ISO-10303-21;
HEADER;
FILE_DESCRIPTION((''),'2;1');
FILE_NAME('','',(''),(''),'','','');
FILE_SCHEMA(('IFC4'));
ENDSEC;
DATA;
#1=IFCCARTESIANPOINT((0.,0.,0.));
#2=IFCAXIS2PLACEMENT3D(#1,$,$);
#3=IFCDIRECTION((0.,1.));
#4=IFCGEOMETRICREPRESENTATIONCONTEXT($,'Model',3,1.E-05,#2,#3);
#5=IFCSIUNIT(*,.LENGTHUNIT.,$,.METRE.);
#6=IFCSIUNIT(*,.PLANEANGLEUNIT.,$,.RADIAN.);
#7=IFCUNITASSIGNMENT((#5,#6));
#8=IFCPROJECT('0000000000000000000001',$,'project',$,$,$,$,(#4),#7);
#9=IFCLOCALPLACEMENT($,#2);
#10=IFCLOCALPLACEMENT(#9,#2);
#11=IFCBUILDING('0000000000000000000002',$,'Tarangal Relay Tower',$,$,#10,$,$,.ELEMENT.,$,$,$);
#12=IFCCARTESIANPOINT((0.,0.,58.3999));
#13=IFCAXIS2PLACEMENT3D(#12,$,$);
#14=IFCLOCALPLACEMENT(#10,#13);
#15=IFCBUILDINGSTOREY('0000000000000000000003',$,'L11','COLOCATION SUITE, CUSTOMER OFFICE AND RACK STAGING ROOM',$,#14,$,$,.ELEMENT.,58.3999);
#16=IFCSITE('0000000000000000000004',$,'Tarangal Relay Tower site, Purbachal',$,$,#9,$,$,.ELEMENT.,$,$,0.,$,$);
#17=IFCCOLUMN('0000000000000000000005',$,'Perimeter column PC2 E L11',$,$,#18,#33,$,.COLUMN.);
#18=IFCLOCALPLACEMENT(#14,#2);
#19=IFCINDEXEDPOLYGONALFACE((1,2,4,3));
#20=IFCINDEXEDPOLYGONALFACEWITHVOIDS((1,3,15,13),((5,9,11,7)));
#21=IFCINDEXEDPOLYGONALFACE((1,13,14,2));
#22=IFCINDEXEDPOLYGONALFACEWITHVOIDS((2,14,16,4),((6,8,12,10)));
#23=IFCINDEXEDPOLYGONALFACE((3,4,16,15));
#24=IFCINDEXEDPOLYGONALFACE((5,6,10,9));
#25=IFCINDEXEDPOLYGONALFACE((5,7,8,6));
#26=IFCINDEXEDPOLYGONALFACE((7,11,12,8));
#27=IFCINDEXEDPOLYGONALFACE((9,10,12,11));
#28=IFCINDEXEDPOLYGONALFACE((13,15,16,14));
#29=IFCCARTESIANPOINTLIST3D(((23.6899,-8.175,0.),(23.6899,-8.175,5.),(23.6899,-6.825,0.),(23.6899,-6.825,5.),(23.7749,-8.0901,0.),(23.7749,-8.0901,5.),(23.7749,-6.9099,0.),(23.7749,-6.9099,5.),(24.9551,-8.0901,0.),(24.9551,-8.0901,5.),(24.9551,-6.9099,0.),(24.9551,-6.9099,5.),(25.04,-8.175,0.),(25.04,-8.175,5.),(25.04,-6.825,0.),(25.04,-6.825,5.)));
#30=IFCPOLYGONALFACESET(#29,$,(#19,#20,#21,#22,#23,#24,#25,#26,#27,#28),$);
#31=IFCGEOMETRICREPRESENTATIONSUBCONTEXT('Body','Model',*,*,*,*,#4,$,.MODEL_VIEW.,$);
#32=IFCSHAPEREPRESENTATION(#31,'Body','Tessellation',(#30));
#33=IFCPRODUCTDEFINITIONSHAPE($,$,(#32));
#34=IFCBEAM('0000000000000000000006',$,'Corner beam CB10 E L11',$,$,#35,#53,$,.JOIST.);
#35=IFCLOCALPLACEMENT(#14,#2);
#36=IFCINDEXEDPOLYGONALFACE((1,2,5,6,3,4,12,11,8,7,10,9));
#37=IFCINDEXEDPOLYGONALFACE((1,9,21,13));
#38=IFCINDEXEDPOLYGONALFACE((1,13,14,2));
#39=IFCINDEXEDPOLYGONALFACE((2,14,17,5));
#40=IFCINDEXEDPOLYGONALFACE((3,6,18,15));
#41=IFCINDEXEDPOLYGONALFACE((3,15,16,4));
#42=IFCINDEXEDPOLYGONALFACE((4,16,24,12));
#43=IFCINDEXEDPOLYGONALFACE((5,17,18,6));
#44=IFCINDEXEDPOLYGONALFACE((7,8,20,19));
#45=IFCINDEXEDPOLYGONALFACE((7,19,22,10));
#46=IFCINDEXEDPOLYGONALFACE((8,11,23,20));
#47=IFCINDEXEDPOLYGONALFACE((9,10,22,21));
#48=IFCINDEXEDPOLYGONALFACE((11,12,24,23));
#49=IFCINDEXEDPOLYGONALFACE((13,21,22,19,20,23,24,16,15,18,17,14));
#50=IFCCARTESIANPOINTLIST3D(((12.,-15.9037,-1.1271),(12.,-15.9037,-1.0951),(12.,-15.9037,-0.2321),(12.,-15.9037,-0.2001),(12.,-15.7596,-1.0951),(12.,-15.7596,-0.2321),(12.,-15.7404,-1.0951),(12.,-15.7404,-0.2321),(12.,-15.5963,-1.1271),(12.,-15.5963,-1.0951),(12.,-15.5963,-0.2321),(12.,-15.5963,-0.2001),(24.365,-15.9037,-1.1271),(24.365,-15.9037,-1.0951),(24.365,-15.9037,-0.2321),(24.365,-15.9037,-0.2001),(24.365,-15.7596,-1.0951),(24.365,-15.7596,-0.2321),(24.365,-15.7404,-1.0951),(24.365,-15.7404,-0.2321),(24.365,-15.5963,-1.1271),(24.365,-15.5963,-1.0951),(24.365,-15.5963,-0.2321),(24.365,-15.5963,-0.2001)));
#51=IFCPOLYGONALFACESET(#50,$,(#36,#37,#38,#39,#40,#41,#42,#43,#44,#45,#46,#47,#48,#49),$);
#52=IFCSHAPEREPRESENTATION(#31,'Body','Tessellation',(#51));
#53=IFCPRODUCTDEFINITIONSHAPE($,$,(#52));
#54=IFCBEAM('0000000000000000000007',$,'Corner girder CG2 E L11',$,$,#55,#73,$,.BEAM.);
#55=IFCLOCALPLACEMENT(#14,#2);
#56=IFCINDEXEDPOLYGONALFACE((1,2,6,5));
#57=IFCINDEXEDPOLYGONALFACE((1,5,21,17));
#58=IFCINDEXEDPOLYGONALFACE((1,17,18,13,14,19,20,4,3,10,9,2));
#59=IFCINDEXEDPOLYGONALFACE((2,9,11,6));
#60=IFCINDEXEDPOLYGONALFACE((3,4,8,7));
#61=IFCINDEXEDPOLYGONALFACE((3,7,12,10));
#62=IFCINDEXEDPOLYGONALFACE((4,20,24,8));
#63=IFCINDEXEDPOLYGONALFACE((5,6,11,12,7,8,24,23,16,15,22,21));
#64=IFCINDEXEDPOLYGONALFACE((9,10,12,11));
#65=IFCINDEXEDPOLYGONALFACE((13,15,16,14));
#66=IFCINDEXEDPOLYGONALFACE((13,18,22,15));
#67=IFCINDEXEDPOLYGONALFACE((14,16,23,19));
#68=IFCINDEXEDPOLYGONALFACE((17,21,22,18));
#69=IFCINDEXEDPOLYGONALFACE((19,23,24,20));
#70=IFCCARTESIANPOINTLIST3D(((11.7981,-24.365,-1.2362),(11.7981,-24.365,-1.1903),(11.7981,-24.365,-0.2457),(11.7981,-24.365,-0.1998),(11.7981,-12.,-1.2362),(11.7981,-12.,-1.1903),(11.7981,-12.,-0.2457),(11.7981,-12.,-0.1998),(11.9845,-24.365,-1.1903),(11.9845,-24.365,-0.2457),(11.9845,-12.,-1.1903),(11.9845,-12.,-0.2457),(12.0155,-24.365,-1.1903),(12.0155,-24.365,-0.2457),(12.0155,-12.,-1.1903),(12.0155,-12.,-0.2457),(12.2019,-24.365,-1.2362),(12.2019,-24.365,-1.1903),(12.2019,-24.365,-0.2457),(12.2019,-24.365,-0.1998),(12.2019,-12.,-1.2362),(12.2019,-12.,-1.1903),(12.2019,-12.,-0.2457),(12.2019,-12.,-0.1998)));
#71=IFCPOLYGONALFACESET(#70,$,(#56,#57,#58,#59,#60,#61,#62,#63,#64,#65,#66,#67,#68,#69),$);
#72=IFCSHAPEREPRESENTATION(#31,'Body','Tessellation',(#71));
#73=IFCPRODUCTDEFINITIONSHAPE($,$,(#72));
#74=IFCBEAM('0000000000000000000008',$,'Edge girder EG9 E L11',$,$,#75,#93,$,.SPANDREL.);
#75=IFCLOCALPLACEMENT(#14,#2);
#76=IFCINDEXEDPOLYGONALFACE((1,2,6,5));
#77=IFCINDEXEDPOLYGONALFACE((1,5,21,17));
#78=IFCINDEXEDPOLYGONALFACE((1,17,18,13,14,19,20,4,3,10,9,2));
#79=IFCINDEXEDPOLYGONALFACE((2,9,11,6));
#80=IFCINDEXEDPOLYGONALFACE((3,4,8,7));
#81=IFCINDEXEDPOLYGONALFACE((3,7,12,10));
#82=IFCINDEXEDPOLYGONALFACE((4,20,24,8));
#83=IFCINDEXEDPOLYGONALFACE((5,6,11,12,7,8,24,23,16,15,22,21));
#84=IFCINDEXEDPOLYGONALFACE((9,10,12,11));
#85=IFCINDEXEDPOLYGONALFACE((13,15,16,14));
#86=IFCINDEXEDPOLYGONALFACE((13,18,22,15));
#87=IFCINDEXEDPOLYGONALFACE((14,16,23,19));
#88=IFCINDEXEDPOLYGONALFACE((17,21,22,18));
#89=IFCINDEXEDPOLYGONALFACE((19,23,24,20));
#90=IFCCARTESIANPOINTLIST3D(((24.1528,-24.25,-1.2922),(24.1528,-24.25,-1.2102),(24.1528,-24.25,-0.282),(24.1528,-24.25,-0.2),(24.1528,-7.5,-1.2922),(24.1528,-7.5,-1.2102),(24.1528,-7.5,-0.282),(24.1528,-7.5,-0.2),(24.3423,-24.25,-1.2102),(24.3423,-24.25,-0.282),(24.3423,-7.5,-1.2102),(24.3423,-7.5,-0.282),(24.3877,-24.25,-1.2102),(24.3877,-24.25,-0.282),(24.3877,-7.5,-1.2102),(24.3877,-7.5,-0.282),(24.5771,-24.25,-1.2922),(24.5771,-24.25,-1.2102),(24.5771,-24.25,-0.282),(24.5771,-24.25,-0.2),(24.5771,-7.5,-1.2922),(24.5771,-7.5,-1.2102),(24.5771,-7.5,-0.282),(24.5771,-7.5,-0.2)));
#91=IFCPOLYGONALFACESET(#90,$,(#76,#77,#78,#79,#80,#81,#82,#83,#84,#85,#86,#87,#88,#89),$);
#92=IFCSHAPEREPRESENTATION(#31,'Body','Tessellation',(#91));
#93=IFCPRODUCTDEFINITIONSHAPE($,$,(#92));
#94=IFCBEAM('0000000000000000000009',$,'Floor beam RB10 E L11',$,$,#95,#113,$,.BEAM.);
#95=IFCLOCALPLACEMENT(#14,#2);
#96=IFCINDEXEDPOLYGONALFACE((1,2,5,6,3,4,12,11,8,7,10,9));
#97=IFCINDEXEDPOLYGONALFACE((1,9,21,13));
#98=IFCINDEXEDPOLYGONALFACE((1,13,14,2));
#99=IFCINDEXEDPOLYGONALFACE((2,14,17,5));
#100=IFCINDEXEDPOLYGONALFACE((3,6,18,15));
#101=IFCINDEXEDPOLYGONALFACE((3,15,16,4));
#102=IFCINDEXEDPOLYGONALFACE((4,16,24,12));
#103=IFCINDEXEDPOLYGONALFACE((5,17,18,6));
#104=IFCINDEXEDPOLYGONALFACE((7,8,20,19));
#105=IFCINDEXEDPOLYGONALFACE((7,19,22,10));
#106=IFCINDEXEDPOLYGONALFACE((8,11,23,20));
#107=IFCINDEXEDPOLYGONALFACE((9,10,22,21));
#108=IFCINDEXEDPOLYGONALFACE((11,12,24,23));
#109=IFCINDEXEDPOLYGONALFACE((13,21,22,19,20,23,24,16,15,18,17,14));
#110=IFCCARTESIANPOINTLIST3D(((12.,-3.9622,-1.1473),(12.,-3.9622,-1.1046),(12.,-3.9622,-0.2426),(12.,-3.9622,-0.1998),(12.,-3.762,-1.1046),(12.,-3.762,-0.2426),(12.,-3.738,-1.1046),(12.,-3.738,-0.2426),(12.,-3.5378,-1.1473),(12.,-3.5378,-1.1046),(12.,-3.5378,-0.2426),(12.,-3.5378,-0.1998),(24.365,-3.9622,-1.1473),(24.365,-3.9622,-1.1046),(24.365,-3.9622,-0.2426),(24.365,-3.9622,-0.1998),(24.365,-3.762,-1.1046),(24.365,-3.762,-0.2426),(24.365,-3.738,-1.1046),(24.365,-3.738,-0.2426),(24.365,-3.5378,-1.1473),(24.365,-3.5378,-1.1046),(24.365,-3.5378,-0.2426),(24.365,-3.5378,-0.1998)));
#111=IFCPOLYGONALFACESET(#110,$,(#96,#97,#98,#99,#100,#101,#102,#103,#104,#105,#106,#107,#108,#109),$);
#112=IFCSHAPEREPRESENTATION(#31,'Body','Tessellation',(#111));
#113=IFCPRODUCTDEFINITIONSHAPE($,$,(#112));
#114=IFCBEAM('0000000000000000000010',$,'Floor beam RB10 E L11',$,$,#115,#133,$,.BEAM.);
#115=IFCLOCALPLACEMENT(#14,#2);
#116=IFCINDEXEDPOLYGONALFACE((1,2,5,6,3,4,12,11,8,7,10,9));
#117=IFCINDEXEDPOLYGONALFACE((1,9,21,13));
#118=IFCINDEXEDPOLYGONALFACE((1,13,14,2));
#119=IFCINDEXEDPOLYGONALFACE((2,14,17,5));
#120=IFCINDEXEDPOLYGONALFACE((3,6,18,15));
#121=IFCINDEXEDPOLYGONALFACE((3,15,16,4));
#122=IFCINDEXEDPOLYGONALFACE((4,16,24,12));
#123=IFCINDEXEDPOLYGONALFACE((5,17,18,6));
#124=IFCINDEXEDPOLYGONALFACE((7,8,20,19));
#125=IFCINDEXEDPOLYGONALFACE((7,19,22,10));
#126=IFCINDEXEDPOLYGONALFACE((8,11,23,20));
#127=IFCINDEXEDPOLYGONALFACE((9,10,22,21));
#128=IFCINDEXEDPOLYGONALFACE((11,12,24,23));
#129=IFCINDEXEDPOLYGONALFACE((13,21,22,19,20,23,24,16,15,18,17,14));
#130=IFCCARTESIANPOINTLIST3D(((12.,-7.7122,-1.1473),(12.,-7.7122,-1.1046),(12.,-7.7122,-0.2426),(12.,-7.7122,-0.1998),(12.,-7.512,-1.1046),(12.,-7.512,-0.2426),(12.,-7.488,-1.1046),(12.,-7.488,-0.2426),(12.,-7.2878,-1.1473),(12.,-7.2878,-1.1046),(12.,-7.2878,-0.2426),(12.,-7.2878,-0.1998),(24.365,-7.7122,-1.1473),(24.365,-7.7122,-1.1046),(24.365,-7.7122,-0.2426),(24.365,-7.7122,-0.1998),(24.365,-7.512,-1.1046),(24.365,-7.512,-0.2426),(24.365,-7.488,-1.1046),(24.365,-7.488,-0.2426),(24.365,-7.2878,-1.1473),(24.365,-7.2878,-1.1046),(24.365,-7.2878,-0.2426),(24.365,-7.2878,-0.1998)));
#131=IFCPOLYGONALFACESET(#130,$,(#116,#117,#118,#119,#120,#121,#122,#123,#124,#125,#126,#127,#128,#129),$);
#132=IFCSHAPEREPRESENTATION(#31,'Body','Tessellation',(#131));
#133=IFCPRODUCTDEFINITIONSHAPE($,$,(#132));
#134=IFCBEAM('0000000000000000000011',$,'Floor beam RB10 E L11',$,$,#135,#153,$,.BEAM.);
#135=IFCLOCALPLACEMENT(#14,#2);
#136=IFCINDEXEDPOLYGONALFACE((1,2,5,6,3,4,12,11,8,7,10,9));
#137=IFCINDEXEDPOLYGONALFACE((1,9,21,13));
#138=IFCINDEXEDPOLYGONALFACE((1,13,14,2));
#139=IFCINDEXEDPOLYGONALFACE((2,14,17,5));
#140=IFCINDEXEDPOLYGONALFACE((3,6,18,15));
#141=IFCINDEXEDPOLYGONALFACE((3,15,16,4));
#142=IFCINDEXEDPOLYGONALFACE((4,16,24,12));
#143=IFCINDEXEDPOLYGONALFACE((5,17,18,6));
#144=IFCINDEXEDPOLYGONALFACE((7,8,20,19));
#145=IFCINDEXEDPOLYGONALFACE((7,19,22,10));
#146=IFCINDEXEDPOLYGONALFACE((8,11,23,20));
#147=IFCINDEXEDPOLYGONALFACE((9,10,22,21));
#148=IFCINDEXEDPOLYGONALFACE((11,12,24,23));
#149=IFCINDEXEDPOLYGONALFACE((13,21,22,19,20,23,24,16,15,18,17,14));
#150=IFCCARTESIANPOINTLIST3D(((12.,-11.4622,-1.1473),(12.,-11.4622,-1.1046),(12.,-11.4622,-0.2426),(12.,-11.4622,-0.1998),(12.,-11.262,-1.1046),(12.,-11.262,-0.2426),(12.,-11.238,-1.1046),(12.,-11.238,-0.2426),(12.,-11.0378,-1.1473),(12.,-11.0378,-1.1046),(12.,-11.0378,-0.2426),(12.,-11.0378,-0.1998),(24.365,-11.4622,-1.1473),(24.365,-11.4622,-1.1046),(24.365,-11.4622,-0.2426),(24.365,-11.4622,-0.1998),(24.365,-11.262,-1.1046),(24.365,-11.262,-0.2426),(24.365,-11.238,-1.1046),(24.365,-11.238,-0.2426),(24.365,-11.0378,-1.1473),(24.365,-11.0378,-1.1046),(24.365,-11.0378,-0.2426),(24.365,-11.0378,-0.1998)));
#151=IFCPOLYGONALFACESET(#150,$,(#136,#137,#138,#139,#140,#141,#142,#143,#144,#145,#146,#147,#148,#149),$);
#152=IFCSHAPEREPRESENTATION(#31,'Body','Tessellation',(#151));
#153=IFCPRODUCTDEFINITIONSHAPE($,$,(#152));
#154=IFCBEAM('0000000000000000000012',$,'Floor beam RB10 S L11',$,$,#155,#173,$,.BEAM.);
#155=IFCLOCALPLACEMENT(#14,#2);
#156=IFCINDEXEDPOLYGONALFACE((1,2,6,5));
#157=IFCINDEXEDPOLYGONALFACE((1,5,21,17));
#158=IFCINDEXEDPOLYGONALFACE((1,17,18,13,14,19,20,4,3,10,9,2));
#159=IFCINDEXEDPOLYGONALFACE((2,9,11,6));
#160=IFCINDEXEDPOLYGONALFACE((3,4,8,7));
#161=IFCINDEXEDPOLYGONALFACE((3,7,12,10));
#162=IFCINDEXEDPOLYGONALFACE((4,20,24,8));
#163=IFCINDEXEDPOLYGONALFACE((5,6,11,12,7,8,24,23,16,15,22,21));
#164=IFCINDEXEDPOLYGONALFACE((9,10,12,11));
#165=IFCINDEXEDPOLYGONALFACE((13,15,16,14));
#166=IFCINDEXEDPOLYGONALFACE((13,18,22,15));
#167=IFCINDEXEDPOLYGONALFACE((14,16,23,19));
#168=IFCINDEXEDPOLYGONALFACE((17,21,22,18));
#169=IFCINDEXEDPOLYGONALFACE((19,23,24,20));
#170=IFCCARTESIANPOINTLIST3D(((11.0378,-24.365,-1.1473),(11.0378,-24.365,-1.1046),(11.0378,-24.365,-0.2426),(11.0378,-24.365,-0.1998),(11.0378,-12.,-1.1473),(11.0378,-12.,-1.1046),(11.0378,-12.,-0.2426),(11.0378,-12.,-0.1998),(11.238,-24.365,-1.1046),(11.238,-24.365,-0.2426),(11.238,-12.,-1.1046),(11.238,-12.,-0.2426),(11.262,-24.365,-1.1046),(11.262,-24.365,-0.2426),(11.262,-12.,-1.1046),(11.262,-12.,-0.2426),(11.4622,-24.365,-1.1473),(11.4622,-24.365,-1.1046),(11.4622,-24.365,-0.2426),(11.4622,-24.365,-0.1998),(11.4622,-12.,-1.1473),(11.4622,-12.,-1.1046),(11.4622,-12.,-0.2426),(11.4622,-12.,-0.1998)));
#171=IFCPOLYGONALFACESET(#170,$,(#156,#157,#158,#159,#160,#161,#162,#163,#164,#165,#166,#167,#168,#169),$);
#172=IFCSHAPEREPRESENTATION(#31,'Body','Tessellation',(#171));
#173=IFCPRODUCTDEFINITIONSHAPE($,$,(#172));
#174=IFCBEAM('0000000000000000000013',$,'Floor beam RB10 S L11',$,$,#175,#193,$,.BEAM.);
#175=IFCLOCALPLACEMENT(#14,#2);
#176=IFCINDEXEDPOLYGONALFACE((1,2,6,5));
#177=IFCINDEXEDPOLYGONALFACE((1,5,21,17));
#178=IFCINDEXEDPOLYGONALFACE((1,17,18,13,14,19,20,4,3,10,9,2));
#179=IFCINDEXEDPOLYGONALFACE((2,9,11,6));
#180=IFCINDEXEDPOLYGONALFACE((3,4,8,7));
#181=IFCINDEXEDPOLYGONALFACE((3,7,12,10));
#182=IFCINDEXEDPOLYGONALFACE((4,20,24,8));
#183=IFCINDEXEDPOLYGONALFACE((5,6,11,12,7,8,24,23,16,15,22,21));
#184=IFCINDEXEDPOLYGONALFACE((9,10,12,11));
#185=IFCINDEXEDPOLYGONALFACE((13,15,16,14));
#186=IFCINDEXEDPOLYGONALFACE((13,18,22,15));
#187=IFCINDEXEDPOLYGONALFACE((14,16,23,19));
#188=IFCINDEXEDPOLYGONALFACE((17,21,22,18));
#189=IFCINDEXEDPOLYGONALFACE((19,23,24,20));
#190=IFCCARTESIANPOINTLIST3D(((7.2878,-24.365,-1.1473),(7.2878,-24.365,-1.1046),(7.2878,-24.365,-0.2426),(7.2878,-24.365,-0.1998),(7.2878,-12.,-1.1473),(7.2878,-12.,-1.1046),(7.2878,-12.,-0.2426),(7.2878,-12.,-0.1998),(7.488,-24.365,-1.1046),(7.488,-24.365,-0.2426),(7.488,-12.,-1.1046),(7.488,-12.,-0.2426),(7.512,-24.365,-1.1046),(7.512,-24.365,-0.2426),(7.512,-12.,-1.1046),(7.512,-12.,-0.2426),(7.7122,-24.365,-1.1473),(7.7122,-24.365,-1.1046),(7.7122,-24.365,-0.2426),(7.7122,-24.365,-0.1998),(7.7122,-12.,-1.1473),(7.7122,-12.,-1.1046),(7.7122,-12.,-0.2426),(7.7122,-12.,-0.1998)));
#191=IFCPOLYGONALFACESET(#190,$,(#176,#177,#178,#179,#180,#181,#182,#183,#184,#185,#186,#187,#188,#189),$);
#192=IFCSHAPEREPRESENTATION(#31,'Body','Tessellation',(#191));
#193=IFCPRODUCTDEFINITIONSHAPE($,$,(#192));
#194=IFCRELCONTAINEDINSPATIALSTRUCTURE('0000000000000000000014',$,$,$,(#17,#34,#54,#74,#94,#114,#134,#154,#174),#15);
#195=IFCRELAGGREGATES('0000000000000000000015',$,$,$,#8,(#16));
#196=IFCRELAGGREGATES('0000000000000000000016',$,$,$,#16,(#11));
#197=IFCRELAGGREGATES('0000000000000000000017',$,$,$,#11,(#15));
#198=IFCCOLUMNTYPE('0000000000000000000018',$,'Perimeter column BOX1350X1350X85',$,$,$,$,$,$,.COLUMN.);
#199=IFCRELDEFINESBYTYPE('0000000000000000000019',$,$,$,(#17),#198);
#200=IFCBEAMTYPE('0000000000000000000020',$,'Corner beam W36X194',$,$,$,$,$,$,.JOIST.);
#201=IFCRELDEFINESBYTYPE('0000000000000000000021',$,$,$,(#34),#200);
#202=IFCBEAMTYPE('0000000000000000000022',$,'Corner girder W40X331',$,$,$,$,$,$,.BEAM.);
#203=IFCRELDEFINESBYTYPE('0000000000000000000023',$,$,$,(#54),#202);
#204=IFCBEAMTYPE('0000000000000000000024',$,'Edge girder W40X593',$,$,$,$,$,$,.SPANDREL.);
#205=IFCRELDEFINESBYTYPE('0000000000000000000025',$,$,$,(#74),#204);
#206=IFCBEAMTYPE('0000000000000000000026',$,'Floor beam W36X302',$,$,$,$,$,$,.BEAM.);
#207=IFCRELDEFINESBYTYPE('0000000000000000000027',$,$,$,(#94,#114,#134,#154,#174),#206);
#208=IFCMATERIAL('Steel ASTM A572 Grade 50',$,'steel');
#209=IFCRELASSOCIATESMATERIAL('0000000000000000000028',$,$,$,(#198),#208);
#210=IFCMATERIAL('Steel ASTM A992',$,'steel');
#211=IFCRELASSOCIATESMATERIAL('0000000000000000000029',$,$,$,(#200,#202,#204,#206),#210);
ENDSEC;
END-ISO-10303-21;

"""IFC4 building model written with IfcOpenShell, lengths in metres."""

from ifc_helpers import new_model, si_unit, direction, frame, origin, origin_2d, place, context, subcontext, project, spatial, hollow_rectangle, i_section, extrude, material, material_profile, profile_set, type_object, element, save


model = new_model("IFC4")

# Units and contexts
model_context = context("Model", 3, precision=1e-05, world=origin(), true_north=direction((0.0, 1.0)))
body_context = subcontext(model_context, "Body", "Model", "MODEL_VIEW")
ifc_project = project(units=[si_unit("LENGTHUNIT", "METRE"), si_unit("PLANEANGLEUNIT", "RADIAN")], contexts=[model_context])

# Site, building, storey
site_placement = place(None, origin())
site = spatial("IfcSite", under=ifc_project, at=site_placement, Name="Tarangal Relay Tower site, Purbachal", CompositionType="ELEMENT", RefElevation=0.0)
building_placement = place(site_placement, origin())
building = spatial("IfcBuilding", under=site, at=building_placement, Name="Tarangal Relay Tower", CompositionType="ELEMENT")
storey_placement = place(building_placement, frame((0.0, 0.0, 58.3999)))
storey = spatial("IfcBuildingStorey", under=building, at=storey_placement, Name="L11", Description="COLOCATION SUITE, CUSTOMER OFFICE AND RACK STAGING ROOM", CompositionType="ELEMENT", Elevation=58.3999)

# Column
ifc_material_1 = material(Name="Steel ASTM A572 Grade 50", Category="steel")
ifc_material_profile_1 = material_profile(ifc_material_1, hollow_rectangle(XDim=1.3501, YDim=1.3501, WallThickness=0.085, at=origin_2d()), Name="BOX1350X1350X85")
ifc_profile_set_1 = profile_set([ifc_material_profile_1], Name="Steel ASTM A572 Grade 50")
column_type = type_object("IfcColumnType", Name="Perimeter column BOX1350X1350X85", PredefinedType="COLUMN", material=ifc_profile_set_1)
column_placement = place(storey_placement, frame((24.365, -7.5, 0.0), z_axis=(0.0, 0.0, 1.0), x_axis=(1.0, 0.0, 0.0)))
element("IfcColumn", 1, at=column_placement, inside=storey, type_object=column_type, Name="Perimeter column PC2 E L11", PredefinedType="COLUMN", context=body_context, shape_type="SweptSolid", body=[
    extrude(hollow_rectangle(XDim=1.3501, YDim=1.3501, WallThickness=0.085, at=origin_2d()), origin(), (0.0, 0.0, 1.0), 5.0),
])

# Beams
ifc_material_2 = material(Name="Steel ASTM A992", Category="steel")
ifc_material_profile_2 = material_profile(ifc_material_2, i_section(OverallWidth=0.3074, OverallDepth=0.927, WebThickness=0.0193, FlangeThickness=0.032, at=origin_2d()), Name="W36X194")
ifc_profile_set_2 = profile_set([ifc_material_profile_2], Name="Steel ASTM A992")
beam_type_1 = type_object("IfcBeamType", Name="Corner beam W36X194", PredefinedType="JOIST", material=ifc_profile_set_2)
beam_1_placement = place(storey_placement, frame((12.0, -15.75, -0.6636), z_axis=(1.0, 0.0, 0.0), x_axis=(0.0, 1.0, 0.0)))
element("IfcBeam", 2, at=beam_1_placement, inside=storey, type_object=beam_type_1, Name="Corner beam CB10 E L11", PredefinedType="JOIST", context=body_context, shape_type="SweptSolid", body=[
    extrude(i_section(OverallWidth=0.3074, OverallDepth=0.927, WebThickness=0.0193, FlangeThickness=0.032, at=origin_2d()), origin(), (0.0, 0.0, 1.0), 12.365),
])
ifc_material_profile_3 = material_profile(ifc_material_2, i_section(OverallWidth=0.4038, OverallDepth=1.0364, WebThickness=0.031, FlangeThickness=0.0459, at=origin_2d()), Name="W40X331")
ifc_profile_set_3 = profile_set([ifc_material_profile_3], Name="Steel ASTM A992")
beam_type_2 = type_object("IfcBeamType", Name="Corner girder W40X331", PredefinedType="BEAM", material=ifc_profile_set_3)
beam_2_placement = place(storey_placement, frame((12.0, -12.0, -0.718), z_axis=(0.0, -1.0, 0.0), x_axis=(1.0, 0.0, 0.0)))
element("IfcBeam", 3, at=beam_2_placement, inside=storey, type_object=beam_type_2, Name="Corner girder CG2 E L11", PredefinedType="BEAM", context=body_context, shape_type="SweptSolid", body=[
    extrude(i_section(OverallWidth=0.4038, OverallDepth=1.0364, WebThickness=0.031, FlangeThickness=0.0459, at=origin_2d()), origin(), (0.0, 0.0, 1.0), 12.365),
])
ifc_material_profile_4 = material_profile(ifc_material_2, i_section(OverallWidth=0.4243, OverallDepth=1.0923, WebThickness=0.0454, FlangeThickness=0.082, at=origin_2d()), Name="W40X593")
ifc_profile_set_4 = profile_set([ifc_material_profile_4], Name="Steel ASTM A992")
beam_type_3 = type_object("IfcBeamType", Name="Edge girder W40X593", PredefinedType="SPANDREL", material=ifc_profile_set_4)
beam_3_placement = place(storey_placement, frame((24.365, -7.5, -0.7461), z_axis=(0.0, -1.0, 0.0), x_axis=(1.0, 0.0, 0.0)))
element("IfcBeam", 4, at=beam_3_placement, inside=storey, type_object=beam_type_3, Name="Edge girder EG9 E L11", PredefinedType="SPANDREL", context=body_context, shape_type="SweptSolid", body=[
    extrude(i_section(OverallWidth=0.4243, OverallDepth=1.0923, WebThickness=0.0454, FlangeThickness=0.082, at=origin_2d()), origin(), (0.0, 0.0, 1.0), 16.75),
])
ifc_material_profile_5 = material_profile(ifc_material_2, i_section(OverallWidth=0.4243, OverallDepth=0.9475, WebThickness=0.0239, FlangeThickness=0.0427, at=origin_2d()), Name="W36X302")
ifc_profile_set_5 = profile_set([ifc_material_profile_5], Name="Steel ASTM A992")
beam_type_4 = type_object("IfcBeamType", Name="Floor beam W36X302", PredefinedType="BEAM", material=ifc_profile_set_5)
for number, where, z_axis, x_axis, name in (
    (5, (12.0, -3.75, -0.6736), (1.0, 0.0, 0.0), (0.0, 1.0, 0.0), "Floor beam RB10 E L11"),
    (6, (12.0, -7.5, -0.6736), (1.0, 0.0, 0.0), (0.0, 1.0, 0.0), "Floor beam RB10 E L11"),
    (7, (12.0, -11.25, -0.6736), (1.0, 0.0, 0.0), (0.0, 1.0, 0.0), "Floor beam RB10 E L11"),
    (8, (11.25, -12.0, -0.6736), (0.0, -1.0, 0.0), (1.0, 0.0, 0.0), "Floor beam RB10 S L11"),
    (9, (7.5, -12.0, -0.6736), (0.0, -1.0, 0.0), (1.0, 0.0, 0.0), "Floor beam RB10 S L11"),
):
    element("IfcBeam", number, at=place(storey_placement, frame(where, z_axis=z_axis, x_axis=x_axis)), inside=storey, type_object=beam_type_4, Name=name, PredefinedType="BEAM", context=body_context, shape_type="SweptSolid", body=[
        extrude(i_section(OverallWidth=0.4243, OverallDepth=0.9475, WebThickness=0.0239, FlangeThickness=0.0427, at=origin_2d()), origin(), (0.0, 0.0, 1.0), 12.365),
    ])

save(model, "model.ifc")
